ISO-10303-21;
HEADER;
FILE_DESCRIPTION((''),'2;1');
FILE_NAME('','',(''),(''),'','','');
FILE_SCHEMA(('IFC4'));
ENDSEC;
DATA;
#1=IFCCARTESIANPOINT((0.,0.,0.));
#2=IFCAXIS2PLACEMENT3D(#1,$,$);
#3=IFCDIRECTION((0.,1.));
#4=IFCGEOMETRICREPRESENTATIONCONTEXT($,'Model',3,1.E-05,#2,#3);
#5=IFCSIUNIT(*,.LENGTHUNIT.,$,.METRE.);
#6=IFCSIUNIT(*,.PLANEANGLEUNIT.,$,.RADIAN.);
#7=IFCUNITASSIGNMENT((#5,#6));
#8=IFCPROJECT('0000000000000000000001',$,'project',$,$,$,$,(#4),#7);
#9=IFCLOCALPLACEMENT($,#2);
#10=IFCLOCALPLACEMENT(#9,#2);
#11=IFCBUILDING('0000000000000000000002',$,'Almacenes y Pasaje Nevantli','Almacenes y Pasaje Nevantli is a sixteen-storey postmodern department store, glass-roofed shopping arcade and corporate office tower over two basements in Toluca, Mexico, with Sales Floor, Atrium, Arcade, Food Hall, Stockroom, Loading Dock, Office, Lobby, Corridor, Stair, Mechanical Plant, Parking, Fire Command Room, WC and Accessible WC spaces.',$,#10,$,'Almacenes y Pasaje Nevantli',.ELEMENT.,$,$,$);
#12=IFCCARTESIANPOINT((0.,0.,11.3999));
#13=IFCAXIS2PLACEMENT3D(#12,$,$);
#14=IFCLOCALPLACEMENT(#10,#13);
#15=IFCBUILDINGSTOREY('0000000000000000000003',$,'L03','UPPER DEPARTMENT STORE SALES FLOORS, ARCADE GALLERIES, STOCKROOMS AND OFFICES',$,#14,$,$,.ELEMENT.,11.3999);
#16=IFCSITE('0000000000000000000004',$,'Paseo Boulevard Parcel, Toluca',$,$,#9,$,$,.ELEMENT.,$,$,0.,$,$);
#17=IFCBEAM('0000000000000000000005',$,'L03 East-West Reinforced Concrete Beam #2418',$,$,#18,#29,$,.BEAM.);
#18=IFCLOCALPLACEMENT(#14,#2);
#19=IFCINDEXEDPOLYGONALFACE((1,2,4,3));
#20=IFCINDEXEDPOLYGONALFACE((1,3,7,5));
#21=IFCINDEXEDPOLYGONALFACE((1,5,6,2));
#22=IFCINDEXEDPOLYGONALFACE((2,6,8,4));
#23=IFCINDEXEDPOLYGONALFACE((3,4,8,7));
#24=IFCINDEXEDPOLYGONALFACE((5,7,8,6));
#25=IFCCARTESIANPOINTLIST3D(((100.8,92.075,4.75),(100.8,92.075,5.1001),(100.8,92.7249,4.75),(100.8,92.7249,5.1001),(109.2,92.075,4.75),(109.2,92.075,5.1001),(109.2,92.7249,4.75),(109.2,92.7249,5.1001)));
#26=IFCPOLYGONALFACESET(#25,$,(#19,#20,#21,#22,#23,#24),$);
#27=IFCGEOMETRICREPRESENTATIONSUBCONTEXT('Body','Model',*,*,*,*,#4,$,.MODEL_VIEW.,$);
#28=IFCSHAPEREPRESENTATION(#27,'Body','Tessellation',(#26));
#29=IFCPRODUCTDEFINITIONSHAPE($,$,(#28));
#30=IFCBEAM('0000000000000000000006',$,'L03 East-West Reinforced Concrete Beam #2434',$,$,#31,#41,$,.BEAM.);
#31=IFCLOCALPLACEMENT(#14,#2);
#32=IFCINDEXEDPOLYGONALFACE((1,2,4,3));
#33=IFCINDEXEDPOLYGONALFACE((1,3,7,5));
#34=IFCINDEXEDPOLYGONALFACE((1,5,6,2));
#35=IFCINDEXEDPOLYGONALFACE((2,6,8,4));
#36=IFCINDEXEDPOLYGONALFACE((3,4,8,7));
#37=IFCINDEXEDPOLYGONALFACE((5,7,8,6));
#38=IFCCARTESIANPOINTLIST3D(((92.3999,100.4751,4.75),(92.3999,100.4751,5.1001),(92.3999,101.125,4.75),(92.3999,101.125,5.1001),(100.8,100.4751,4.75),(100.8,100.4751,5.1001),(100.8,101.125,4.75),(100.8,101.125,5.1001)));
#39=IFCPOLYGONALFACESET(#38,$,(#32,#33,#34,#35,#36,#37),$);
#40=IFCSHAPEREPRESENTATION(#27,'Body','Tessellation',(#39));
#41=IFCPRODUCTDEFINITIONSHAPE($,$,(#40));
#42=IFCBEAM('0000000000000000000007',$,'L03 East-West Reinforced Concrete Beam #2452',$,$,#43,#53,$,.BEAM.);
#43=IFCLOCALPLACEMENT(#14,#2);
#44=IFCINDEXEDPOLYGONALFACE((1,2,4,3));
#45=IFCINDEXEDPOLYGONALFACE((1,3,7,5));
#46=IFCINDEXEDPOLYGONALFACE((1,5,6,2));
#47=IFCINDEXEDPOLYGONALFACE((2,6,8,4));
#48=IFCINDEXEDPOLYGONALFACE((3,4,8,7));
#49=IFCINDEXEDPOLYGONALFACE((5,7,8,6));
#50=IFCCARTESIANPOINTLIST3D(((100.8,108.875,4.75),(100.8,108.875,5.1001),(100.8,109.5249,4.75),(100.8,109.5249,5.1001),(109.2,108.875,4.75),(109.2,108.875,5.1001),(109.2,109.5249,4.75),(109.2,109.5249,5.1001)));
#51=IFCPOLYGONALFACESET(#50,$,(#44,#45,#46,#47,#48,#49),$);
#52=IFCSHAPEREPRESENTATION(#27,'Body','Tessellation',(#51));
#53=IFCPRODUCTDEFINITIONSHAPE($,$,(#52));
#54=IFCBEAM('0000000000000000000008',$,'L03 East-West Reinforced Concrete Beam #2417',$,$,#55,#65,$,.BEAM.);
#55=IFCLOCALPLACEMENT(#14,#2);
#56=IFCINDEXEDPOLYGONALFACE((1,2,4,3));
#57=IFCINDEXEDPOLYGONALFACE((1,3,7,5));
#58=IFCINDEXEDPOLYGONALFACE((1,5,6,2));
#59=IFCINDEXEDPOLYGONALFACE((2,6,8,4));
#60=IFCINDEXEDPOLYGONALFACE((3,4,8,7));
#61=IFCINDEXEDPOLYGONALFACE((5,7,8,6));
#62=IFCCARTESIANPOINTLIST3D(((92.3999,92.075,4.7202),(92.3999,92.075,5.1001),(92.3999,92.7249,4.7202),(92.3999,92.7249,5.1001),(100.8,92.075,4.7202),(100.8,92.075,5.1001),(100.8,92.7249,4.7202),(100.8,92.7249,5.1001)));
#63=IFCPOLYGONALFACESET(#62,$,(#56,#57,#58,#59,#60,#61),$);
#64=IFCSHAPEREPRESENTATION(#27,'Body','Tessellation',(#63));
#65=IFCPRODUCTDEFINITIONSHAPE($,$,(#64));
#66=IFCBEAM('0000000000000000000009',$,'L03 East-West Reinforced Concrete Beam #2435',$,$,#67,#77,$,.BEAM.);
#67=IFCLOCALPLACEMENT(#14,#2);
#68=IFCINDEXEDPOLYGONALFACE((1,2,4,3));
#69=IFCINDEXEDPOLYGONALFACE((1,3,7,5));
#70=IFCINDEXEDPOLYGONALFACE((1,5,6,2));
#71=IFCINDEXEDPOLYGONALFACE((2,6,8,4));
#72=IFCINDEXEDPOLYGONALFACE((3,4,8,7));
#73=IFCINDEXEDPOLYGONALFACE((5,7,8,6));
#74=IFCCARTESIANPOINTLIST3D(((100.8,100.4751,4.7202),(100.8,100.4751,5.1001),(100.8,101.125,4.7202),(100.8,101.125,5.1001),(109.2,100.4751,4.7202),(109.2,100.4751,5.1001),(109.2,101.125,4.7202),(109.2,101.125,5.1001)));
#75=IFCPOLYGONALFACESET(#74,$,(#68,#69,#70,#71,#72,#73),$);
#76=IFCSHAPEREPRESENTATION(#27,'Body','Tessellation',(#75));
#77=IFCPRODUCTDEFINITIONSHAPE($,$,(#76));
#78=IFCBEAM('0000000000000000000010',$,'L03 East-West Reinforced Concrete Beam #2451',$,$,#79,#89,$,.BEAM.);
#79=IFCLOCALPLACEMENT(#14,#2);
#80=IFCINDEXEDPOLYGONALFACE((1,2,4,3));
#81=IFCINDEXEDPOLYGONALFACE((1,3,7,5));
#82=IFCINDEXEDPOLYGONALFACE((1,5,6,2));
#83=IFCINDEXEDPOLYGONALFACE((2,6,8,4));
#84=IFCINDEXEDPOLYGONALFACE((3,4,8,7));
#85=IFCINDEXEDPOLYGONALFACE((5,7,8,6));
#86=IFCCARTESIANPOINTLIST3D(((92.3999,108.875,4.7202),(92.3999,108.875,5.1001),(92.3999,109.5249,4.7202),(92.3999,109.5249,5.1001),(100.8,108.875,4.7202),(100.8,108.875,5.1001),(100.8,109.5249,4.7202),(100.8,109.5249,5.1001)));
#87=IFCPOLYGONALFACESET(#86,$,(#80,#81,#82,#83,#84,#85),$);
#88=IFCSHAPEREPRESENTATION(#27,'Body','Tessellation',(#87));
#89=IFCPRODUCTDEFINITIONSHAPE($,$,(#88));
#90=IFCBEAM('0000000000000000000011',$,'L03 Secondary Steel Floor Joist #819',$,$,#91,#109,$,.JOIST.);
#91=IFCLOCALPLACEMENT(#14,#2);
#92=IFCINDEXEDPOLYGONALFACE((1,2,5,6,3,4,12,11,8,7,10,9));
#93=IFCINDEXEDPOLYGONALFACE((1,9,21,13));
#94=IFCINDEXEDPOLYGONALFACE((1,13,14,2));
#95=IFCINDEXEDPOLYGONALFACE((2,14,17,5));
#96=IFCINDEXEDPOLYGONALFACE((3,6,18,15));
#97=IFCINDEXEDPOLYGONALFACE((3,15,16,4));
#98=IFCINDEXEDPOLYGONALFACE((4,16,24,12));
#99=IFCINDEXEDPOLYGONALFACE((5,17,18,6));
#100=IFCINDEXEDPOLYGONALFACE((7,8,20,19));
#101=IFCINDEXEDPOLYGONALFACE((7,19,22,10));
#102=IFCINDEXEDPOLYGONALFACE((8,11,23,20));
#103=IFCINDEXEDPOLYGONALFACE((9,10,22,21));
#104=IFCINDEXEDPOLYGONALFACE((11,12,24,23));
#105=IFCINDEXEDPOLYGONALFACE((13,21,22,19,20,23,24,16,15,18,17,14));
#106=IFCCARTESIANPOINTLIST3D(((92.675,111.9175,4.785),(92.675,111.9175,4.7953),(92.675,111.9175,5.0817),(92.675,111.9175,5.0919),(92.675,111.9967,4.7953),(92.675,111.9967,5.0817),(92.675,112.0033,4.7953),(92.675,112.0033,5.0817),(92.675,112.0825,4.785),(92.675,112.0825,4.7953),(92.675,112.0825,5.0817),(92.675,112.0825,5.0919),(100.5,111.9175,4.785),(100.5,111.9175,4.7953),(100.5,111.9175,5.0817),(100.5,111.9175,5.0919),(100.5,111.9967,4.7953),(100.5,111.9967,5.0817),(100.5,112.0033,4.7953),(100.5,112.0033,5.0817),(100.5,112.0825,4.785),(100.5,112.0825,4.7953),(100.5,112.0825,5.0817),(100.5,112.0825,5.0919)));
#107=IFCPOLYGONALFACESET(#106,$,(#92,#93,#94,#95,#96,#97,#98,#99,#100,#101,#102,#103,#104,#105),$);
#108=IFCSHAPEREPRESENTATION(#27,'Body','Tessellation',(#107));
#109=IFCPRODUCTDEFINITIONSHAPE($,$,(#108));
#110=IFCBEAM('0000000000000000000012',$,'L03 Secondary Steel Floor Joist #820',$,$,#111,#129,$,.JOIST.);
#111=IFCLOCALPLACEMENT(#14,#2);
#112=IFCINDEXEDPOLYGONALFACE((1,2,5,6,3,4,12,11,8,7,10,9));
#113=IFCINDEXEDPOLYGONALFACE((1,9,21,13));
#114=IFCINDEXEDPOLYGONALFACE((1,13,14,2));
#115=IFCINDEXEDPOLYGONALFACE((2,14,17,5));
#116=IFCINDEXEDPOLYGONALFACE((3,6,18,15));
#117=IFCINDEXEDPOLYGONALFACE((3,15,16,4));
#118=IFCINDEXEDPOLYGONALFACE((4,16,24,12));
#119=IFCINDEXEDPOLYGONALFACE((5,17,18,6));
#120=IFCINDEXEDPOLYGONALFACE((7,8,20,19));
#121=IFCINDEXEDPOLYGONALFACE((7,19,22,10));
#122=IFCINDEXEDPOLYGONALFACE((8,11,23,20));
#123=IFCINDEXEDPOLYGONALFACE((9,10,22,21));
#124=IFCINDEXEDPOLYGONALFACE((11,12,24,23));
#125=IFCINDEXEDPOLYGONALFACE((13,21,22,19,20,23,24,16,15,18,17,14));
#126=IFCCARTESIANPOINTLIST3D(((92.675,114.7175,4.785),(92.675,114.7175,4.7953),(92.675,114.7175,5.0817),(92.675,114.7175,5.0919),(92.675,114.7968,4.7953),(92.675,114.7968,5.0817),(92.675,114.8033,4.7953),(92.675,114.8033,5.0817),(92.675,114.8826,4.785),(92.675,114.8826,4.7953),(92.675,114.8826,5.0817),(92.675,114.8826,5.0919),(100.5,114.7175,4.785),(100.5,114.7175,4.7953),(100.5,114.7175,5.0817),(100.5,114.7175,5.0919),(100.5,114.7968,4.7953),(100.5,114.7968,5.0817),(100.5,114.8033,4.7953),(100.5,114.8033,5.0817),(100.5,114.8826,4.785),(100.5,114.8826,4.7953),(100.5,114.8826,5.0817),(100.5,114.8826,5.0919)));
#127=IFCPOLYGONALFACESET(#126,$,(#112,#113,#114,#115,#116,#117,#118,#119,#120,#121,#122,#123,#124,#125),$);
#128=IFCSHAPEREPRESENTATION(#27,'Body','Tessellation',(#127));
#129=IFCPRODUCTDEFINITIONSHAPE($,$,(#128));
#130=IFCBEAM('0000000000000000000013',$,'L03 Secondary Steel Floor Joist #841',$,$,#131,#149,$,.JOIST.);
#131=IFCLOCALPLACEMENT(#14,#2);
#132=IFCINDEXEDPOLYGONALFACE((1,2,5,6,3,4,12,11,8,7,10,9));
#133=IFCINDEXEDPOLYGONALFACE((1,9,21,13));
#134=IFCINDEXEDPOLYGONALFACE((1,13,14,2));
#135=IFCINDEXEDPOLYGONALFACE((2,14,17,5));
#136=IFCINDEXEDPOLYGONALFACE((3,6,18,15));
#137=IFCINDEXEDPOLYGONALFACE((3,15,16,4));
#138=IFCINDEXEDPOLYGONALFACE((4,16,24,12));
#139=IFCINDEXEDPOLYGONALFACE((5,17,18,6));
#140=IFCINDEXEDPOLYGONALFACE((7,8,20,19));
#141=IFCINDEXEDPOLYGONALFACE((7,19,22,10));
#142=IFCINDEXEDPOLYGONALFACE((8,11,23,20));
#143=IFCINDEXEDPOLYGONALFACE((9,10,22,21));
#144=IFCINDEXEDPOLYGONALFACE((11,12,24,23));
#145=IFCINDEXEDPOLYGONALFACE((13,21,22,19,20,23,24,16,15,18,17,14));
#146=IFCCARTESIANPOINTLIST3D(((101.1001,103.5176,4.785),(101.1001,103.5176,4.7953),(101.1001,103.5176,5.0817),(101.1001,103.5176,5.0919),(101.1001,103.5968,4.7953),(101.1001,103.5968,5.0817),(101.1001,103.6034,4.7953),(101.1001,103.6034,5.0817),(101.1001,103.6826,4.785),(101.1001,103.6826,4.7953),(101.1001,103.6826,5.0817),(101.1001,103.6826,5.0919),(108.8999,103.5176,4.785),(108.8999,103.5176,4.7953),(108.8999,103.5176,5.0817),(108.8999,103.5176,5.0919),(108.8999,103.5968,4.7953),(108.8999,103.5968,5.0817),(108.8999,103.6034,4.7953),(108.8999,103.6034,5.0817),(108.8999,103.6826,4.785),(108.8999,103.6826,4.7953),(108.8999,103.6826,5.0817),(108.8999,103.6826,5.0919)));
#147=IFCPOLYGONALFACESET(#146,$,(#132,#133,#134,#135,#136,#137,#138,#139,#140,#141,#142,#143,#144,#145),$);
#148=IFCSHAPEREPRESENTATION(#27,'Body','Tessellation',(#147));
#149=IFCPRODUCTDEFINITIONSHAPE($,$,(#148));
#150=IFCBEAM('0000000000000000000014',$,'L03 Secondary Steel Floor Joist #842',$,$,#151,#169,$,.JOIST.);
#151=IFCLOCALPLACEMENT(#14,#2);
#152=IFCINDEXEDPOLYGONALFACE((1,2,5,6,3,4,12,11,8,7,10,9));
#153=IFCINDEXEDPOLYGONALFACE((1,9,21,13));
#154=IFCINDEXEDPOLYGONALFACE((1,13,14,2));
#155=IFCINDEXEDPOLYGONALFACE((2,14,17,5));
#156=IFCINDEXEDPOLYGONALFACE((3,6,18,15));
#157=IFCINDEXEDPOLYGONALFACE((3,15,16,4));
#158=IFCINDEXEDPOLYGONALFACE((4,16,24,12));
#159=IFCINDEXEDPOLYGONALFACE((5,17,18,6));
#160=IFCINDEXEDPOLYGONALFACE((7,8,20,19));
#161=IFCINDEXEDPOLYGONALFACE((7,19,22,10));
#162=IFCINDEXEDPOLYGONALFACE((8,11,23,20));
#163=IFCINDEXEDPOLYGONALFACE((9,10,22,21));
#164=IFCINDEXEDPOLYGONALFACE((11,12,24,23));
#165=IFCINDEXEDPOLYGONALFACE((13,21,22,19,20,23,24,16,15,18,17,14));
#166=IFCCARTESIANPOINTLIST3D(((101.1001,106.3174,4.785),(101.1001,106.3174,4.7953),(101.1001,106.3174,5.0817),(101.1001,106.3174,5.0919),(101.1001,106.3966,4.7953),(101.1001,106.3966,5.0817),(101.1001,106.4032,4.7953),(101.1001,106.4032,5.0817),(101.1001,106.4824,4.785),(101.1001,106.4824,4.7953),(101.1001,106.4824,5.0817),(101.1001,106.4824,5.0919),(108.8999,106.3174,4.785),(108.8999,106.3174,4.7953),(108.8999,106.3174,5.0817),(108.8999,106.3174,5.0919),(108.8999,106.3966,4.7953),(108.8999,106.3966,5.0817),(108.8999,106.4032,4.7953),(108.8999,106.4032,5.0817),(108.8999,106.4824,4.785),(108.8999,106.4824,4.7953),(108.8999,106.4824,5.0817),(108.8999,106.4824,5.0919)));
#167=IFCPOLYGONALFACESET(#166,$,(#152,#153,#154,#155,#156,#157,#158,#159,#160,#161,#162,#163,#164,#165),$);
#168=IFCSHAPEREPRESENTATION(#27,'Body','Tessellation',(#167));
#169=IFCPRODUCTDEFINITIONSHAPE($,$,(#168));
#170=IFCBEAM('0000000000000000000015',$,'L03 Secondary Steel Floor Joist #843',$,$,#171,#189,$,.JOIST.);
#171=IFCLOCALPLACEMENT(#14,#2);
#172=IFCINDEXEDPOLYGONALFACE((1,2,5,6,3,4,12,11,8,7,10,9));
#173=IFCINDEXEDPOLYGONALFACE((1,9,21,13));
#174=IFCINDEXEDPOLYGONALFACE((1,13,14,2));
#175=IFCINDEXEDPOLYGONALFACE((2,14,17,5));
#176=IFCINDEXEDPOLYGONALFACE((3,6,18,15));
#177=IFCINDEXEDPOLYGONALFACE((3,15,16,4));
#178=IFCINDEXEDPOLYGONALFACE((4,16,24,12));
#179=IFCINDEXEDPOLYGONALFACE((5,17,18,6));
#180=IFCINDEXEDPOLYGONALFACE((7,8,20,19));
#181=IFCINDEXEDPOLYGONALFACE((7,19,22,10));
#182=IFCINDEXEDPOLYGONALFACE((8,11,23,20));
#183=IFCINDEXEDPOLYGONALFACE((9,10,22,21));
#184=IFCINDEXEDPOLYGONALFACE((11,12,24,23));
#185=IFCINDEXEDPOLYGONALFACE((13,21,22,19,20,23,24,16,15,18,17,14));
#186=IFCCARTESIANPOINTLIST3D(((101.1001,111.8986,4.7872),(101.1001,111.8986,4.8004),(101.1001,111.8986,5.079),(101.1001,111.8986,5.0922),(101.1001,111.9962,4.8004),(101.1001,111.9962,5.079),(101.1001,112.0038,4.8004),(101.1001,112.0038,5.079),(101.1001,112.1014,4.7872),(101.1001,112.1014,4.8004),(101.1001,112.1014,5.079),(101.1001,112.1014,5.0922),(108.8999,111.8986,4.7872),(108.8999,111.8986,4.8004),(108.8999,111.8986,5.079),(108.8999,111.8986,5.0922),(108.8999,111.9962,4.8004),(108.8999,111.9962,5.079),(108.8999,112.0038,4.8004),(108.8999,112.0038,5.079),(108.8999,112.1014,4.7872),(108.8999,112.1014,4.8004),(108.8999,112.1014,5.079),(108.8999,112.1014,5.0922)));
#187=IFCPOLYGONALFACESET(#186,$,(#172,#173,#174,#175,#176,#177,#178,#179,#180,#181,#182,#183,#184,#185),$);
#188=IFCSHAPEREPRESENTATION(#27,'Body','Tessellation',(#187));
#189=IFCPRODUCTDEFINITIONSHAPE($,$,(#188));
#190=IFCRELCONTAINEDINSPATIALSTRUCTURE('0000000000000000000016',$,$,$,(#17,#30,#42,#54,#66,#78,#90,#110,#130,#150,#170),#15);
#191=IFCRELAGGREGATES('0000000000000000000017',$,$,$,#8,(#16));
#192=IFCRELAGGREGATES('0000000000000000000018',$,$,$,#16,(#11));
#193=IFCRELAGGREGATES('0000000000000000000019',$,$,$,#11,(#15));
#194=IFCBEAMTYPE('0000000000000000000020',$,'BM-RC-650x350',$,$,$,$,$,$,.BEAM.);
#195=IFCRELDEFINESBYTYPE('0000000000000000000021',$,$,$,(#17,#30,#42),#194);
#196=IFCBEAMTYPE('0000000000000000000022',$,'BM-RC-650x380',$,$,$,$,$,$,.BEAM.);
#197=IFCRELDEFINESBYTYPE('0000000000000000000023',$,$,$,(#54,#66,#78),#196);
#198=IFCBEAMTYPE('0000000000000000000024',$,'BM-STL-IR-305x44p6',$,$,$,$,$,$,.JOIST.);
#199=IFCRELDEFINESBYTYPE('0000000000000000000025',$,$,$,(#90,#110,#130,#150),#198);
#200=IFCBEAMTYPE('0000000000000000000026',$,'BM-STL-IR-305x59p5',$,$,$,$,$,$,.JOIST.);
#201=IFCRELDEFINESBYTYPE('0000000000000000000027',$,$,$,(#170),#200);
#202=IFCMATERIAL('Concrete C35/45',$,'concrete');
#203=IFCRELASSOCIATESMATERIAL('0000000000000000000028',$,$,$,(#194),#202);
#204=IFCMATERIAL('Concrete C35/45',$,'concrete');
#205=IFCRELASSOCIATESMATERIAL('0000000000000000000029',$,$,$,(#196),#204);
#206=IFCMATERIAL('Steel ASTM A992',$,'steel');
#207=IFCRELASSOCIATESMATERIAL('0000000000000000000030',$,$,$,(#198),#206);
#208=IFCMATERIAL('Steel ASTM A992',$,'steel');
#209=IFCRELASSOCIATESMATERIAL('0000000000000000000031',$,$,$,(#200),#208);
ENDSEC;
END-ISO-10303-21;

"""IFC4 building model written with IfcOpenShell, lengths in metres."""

from ifc_helpers import new_model, si_unit, direction, frame, origin, origin_2d, place, context, subcontext, project, spatial, rectangle, i_section, extrude, material, material_profile, profile_set, type_object, element, save


model = new_model("IFC4")

# Units and contexts
model_context = context("Model", 3, precision=1e-05, world=origin(), true_north=direction((0.0, 1.0)))
body_context = subcontext(model_context, "Body", "Model", "MODEL_VIEW")
ifc_project = project(units=[si_unit("LENGTHUNIT", "METRE"), si_unit("PLANEANGLEUNIT", "RADIAN")], contexts=[model_context])

# Site, building, storey
site_placement = place(None, origin())
site = spatial("IfcSite", under=ifc_project, at=site_placement, Name="Paseo Boulevard Parcel, Toluca", CompositionType="ELEMENT", RefElevation=0.0)
building_placement = place(site_placement, origin())
building = spatial("IfcBuilding", under=site, at=building_placement, Name="Almacenes y Pasaje Nevantli", Description="Almacenes y Pasaje Nevantli is a sixteen-storey postmodern department store, glass-roofed shopping arcade and corporate office tower over two basements in Toluca, Mexico, with Sales Floor, Atrium, Arcade, Food Hall, Stockroom, Loading Dock, Office, Lobby, Corridor, Stair, Mechanical Plant, Parking, Fire Command Room, WC and Accessible WC spaces.", LongName="Almacenes y Pasaje Nevantli", CompositionType="ELEMENT")
storey_placement = place(building_placement, frame((0.0, 0.0, 11.3999)))
storey = spatial("IfcBuildingStorey", under=building, at=storey_placement, Name="L03", Description="UPPER DEPARTMENT STORE SALES FLOORS, ARCADE GALLERIES, STOCKROOMS AND OFFICES", CompositionType="ELEMENT", Elevation=11.3999)

# Beams
ifc_material_1 = material(Name="Concrete C35/45", Category="concrete")
ifc_material_profile_1 = material_profile(ifc_material_1, rectangle(XDim=0.6499, YDim=0.3501, at=origin_2d()), Name="RC-BM-650x350")
ifc_profile_set_1 = profile_set([ifc_material_profile_1], Name="Concrete C35/45")
beam_type_1 = type_object("IfcBeamType", Name="BM-RC-650x350", PredefinedType="BEAM", material=ifc_profile_set_1)
beam_1_placement = place(storey_placement, frame((100.8, 92.3999, 4.925), z_axis=(1.0, 0.0, 0.0), x_axis=(0.0, 1.0, 0.0)))
element("IfcBeam", 1, at=beam_1_placement, inside=storey, type_object=beam_type_1, Name="L03 East-West Reinforced Concrete Beam #2418", PredefinedType="BEAM", context=body_context, shape_type="SweptSolid", body=[
    extrude(rectangle(XDim=0.6499, YDim=0.3501, at=origin_2d()), origin(), (0.0, 0.0, 1.0), 8.3999),
])
beam_2_placement = place(storey_placement, frame((92.3999, 100.8, 4.925), z_axis=(1.0, 0.0, 0.0), x_axis=(0.0, 1.0, 0.0)))
element("IfcBeam", 2, at=beam_2_placement, inside=storey, type_object=beam_type_1, Name="L03 East-West Reinforced Concrete Beam #2434", PredefinedType="BEAM", context=body_context, shape_type="SweptSolid", body=[
    extrude(rectangle(XDim=0.6499, YDim=0.3501, at=origin_2d()), origin(), (0.0, 0.0, 1.0), 8.4001),
])
beam_3_placement = place(storey_placement, frame((100.8, 109.2, 4.925), z_axis=(1.0, 0.0, 0.0), x_axis=(0.0, 1.0, 0.0)))
element("IfcBeam", 3, at=beam_3_placement, inside=storey, type_object=beam_type_1, Name="L03 East-West Reinforced Concrete Beam #2452", PredefinedType="BEAM", context=body_context, shape_type="SweptSolid", body=[
    extrude(rectangle(XDim=0.6499, YDim=0.3501, at=origin_2d()), origin(), (0.0, 0.0, 1.0), 8.3999),
])
ifc_material_2 = material(Name="Concrete C35/45", Category="concrete")
ifc_material_profile_2 = material_profile(ifc_material_2, rectangle(XDim=0.6499, YDim=0.3799, at=origin_2d()), Name="RC-BM-650x380")
ifc_profile_set_2 = profile_set([ifc_material_profile_2], Name="Concrete C35/45")
beam_type_2 = type_object("IfcBeamType", Name="BM-RC-650x380", PredefinedType="BEAM", material=ifc_profile_set_2)
beam_4_placement = place(storey_placement, frame((92.3999, 92.3999, 4.9102), z_axis=(1.0, 0.0, 0.0), x_axis=(0.0, 1.0, 0.0)))
element("IfcBeam", 4, at=beam_4_placement, inside=storey, type_object=beam_type_2, Name="L03 East-West Reinforced Concrete Beam #2417", PredefinedType="BEAM", context=body_context, shape_type="SweptSolid", body=[
    extrude(rectangle(XDim=0.6499, YDim=0.3799, at=origin_2d()), origin(), (0.0, 0.0, 1.0), 8.4001),
])
beam_5_placement = place(storey_placement, frame((100.8, 100.8, 4.9102), z_axis=(1.0, 0.0, 0.0), x_axis=(0.0, 1.0, 0.0)))
element("IfcBeam", 5, at=beam_5_placement, inside=storey, type_object=beam_type_2, Name="L03 East-West Reinforced Concrete Beam #2435", PredefinedType="BEAM", context=body_context, shape_type="SweptSolid", body=[
    extrude(rectangle(XDim=0.6499, YDim=0.3799, at=origin_2d()), origin(), (0.0, 0.0, 1.0), 8.3999),
])
beam_6_placement = place(storey_placement, frame((92.3999, 109.2, 4.9102), z_axis=(1.0, 0.0, 0.0), x_axis=(0.0, 1.0, 0.0)))
element("IfcBeam", 6, at=beam_6_placement, inside=storey, type_object=beam_type_2, Name="L03 East-West Reinforced Concrete Beam #2451", PredefinedType="BEAM", context=body_context, shape_type="SweptSolid", body=[
    extrude(rectangle(XDim=0.6499, YDim=0.3799, at=origin_2d()), origin(), (0.0, 0.0, 1.0), 8.4001),
])
ifc_material_3 = material(Name="Steel ASTM A992", Category="steel")
ifc_material_profile_3 = material_profile(ifc_material_3, i_section(OverallWidth=0.165, OverallDepth=0.3069, WebThickness=0.0066, FlangeThickness=0.0103, at=origin_2d()), Name="IR 305x44.6")
ifc_profile_set_3 = profile_set([ifc_material_profile_3], Name="Steel ASTM A992")
beam_type_3 = type_object("IfcBeamType", Name="BM-STL-IR-305x44p6", PredefinedType="JOIST", material=ifc_profile_set_3)
for number, where, z_axis, x_axis, name in (
    (7, (92.675, 112.0, 4.9385), (1.0, 0.0, 0.0), (0.0, 1.0, 0.0), "L03 Secondary Steel Floor Joist #819"),
    (8, (92.675, 114.8, 4.9385), (1.0, 0.0, 0.0), (0.0, 1.0, 0.0), "L03 Secondary Steel Floor Joist #820"),
):
    element("IfcBeam", number, at=place(storey_placement, frame(where, z_axis=z_axis, x_axis=x_axis)), inside=storey, type_object=beam_type_3, Name=name, PredefinedType="JOIST", context=body_context, shape_type="SweptSolid", body=[
        extrude(i_section(OverallWidth=0.165, OverallDepth=0.3069, WebThickness=0.0066, FlangeThickness=0.0103, at=origin_2d()), origin(), (0.0, 0.0, 1.0), 7.825),
    ])
for number, where, z_axis, x_axis, name in (
    (9, (101.1001, 103.6001, 4.9385), (1.0, 0.0, 0.0), (0.0, 1.0, 0.0), "L03 Secondary Steel Floor Joist #841"),
    (10, (101.1001, 106.3999, 4.9385), (1.0, 0.0, 0.0), (0.0, 1.0, 0.0), "L03 Secondary Steel Floor Joist #842"),
):
    element("IfcBeam", number, at=place(storey_placement, frame(where, z_axis=z_axis, x_axis=x_axis)), inside=storey, type_object=beam_type_3, Name=name, PredefinedType="JOIST", context=body_context, shape_type="SweptSolid", body=[
        extrude(i_section(OverallWidth=0.165, OverallDepth=0.3069, WebThickness=0.0066, FlangeThickness=0.0103, at=origin_2d()), origin(), (0.0, 0.0, 1.0), 7.7998),
    ])
ifc_material_4 = material(Name="Steel ASTM A992", Category="steel")
ifc_material_profile_4 = material_profile(ifc_material_4, i_section(OverallWidth=0.2029, OverallDepth=0.3049, WebThickness=0.0076, FlangeThickness=0.0132, at=origin_2d()), Name="IR 305x59.5")
ifc_profile_set_4 = profile_set([ifc_material_profile_4], Name="Steel ASTM A992")
beam_type_4 = type_object("IfcBeamType", Name="BM-STL-IR-305x59p5", PredefinedType="JOIST", material=ifc_profile_set_4)
for number, where, z_axis, x_axis, name in (
    (11, (101.1001, 112.0, 4.9397), (1.0, 0.0, 0.0), (0.0, 1.0, 0.0), "L03 Secondary Steel Floor Joist #843"),
):
    element("IfcBeam", number, at=place(storey_placement, frame(where, z_axis=z_axis, x_axis=x_axis)), inside=storey, type_object=beam_type_4, Name=name, PredefinedType="JOIST", context=body_context, shape_type="SweptSolid", body=[
        extrude(i_section(OverallWidth=0.2029, OverallDepth=0.3049, WebThickness=0.0076, FlangeThickness=0.0132, at=origin_2d()), origin(), (0.0, 0.0, 1.0), 7.7998),
    ])

save(model, "model.ifc")
